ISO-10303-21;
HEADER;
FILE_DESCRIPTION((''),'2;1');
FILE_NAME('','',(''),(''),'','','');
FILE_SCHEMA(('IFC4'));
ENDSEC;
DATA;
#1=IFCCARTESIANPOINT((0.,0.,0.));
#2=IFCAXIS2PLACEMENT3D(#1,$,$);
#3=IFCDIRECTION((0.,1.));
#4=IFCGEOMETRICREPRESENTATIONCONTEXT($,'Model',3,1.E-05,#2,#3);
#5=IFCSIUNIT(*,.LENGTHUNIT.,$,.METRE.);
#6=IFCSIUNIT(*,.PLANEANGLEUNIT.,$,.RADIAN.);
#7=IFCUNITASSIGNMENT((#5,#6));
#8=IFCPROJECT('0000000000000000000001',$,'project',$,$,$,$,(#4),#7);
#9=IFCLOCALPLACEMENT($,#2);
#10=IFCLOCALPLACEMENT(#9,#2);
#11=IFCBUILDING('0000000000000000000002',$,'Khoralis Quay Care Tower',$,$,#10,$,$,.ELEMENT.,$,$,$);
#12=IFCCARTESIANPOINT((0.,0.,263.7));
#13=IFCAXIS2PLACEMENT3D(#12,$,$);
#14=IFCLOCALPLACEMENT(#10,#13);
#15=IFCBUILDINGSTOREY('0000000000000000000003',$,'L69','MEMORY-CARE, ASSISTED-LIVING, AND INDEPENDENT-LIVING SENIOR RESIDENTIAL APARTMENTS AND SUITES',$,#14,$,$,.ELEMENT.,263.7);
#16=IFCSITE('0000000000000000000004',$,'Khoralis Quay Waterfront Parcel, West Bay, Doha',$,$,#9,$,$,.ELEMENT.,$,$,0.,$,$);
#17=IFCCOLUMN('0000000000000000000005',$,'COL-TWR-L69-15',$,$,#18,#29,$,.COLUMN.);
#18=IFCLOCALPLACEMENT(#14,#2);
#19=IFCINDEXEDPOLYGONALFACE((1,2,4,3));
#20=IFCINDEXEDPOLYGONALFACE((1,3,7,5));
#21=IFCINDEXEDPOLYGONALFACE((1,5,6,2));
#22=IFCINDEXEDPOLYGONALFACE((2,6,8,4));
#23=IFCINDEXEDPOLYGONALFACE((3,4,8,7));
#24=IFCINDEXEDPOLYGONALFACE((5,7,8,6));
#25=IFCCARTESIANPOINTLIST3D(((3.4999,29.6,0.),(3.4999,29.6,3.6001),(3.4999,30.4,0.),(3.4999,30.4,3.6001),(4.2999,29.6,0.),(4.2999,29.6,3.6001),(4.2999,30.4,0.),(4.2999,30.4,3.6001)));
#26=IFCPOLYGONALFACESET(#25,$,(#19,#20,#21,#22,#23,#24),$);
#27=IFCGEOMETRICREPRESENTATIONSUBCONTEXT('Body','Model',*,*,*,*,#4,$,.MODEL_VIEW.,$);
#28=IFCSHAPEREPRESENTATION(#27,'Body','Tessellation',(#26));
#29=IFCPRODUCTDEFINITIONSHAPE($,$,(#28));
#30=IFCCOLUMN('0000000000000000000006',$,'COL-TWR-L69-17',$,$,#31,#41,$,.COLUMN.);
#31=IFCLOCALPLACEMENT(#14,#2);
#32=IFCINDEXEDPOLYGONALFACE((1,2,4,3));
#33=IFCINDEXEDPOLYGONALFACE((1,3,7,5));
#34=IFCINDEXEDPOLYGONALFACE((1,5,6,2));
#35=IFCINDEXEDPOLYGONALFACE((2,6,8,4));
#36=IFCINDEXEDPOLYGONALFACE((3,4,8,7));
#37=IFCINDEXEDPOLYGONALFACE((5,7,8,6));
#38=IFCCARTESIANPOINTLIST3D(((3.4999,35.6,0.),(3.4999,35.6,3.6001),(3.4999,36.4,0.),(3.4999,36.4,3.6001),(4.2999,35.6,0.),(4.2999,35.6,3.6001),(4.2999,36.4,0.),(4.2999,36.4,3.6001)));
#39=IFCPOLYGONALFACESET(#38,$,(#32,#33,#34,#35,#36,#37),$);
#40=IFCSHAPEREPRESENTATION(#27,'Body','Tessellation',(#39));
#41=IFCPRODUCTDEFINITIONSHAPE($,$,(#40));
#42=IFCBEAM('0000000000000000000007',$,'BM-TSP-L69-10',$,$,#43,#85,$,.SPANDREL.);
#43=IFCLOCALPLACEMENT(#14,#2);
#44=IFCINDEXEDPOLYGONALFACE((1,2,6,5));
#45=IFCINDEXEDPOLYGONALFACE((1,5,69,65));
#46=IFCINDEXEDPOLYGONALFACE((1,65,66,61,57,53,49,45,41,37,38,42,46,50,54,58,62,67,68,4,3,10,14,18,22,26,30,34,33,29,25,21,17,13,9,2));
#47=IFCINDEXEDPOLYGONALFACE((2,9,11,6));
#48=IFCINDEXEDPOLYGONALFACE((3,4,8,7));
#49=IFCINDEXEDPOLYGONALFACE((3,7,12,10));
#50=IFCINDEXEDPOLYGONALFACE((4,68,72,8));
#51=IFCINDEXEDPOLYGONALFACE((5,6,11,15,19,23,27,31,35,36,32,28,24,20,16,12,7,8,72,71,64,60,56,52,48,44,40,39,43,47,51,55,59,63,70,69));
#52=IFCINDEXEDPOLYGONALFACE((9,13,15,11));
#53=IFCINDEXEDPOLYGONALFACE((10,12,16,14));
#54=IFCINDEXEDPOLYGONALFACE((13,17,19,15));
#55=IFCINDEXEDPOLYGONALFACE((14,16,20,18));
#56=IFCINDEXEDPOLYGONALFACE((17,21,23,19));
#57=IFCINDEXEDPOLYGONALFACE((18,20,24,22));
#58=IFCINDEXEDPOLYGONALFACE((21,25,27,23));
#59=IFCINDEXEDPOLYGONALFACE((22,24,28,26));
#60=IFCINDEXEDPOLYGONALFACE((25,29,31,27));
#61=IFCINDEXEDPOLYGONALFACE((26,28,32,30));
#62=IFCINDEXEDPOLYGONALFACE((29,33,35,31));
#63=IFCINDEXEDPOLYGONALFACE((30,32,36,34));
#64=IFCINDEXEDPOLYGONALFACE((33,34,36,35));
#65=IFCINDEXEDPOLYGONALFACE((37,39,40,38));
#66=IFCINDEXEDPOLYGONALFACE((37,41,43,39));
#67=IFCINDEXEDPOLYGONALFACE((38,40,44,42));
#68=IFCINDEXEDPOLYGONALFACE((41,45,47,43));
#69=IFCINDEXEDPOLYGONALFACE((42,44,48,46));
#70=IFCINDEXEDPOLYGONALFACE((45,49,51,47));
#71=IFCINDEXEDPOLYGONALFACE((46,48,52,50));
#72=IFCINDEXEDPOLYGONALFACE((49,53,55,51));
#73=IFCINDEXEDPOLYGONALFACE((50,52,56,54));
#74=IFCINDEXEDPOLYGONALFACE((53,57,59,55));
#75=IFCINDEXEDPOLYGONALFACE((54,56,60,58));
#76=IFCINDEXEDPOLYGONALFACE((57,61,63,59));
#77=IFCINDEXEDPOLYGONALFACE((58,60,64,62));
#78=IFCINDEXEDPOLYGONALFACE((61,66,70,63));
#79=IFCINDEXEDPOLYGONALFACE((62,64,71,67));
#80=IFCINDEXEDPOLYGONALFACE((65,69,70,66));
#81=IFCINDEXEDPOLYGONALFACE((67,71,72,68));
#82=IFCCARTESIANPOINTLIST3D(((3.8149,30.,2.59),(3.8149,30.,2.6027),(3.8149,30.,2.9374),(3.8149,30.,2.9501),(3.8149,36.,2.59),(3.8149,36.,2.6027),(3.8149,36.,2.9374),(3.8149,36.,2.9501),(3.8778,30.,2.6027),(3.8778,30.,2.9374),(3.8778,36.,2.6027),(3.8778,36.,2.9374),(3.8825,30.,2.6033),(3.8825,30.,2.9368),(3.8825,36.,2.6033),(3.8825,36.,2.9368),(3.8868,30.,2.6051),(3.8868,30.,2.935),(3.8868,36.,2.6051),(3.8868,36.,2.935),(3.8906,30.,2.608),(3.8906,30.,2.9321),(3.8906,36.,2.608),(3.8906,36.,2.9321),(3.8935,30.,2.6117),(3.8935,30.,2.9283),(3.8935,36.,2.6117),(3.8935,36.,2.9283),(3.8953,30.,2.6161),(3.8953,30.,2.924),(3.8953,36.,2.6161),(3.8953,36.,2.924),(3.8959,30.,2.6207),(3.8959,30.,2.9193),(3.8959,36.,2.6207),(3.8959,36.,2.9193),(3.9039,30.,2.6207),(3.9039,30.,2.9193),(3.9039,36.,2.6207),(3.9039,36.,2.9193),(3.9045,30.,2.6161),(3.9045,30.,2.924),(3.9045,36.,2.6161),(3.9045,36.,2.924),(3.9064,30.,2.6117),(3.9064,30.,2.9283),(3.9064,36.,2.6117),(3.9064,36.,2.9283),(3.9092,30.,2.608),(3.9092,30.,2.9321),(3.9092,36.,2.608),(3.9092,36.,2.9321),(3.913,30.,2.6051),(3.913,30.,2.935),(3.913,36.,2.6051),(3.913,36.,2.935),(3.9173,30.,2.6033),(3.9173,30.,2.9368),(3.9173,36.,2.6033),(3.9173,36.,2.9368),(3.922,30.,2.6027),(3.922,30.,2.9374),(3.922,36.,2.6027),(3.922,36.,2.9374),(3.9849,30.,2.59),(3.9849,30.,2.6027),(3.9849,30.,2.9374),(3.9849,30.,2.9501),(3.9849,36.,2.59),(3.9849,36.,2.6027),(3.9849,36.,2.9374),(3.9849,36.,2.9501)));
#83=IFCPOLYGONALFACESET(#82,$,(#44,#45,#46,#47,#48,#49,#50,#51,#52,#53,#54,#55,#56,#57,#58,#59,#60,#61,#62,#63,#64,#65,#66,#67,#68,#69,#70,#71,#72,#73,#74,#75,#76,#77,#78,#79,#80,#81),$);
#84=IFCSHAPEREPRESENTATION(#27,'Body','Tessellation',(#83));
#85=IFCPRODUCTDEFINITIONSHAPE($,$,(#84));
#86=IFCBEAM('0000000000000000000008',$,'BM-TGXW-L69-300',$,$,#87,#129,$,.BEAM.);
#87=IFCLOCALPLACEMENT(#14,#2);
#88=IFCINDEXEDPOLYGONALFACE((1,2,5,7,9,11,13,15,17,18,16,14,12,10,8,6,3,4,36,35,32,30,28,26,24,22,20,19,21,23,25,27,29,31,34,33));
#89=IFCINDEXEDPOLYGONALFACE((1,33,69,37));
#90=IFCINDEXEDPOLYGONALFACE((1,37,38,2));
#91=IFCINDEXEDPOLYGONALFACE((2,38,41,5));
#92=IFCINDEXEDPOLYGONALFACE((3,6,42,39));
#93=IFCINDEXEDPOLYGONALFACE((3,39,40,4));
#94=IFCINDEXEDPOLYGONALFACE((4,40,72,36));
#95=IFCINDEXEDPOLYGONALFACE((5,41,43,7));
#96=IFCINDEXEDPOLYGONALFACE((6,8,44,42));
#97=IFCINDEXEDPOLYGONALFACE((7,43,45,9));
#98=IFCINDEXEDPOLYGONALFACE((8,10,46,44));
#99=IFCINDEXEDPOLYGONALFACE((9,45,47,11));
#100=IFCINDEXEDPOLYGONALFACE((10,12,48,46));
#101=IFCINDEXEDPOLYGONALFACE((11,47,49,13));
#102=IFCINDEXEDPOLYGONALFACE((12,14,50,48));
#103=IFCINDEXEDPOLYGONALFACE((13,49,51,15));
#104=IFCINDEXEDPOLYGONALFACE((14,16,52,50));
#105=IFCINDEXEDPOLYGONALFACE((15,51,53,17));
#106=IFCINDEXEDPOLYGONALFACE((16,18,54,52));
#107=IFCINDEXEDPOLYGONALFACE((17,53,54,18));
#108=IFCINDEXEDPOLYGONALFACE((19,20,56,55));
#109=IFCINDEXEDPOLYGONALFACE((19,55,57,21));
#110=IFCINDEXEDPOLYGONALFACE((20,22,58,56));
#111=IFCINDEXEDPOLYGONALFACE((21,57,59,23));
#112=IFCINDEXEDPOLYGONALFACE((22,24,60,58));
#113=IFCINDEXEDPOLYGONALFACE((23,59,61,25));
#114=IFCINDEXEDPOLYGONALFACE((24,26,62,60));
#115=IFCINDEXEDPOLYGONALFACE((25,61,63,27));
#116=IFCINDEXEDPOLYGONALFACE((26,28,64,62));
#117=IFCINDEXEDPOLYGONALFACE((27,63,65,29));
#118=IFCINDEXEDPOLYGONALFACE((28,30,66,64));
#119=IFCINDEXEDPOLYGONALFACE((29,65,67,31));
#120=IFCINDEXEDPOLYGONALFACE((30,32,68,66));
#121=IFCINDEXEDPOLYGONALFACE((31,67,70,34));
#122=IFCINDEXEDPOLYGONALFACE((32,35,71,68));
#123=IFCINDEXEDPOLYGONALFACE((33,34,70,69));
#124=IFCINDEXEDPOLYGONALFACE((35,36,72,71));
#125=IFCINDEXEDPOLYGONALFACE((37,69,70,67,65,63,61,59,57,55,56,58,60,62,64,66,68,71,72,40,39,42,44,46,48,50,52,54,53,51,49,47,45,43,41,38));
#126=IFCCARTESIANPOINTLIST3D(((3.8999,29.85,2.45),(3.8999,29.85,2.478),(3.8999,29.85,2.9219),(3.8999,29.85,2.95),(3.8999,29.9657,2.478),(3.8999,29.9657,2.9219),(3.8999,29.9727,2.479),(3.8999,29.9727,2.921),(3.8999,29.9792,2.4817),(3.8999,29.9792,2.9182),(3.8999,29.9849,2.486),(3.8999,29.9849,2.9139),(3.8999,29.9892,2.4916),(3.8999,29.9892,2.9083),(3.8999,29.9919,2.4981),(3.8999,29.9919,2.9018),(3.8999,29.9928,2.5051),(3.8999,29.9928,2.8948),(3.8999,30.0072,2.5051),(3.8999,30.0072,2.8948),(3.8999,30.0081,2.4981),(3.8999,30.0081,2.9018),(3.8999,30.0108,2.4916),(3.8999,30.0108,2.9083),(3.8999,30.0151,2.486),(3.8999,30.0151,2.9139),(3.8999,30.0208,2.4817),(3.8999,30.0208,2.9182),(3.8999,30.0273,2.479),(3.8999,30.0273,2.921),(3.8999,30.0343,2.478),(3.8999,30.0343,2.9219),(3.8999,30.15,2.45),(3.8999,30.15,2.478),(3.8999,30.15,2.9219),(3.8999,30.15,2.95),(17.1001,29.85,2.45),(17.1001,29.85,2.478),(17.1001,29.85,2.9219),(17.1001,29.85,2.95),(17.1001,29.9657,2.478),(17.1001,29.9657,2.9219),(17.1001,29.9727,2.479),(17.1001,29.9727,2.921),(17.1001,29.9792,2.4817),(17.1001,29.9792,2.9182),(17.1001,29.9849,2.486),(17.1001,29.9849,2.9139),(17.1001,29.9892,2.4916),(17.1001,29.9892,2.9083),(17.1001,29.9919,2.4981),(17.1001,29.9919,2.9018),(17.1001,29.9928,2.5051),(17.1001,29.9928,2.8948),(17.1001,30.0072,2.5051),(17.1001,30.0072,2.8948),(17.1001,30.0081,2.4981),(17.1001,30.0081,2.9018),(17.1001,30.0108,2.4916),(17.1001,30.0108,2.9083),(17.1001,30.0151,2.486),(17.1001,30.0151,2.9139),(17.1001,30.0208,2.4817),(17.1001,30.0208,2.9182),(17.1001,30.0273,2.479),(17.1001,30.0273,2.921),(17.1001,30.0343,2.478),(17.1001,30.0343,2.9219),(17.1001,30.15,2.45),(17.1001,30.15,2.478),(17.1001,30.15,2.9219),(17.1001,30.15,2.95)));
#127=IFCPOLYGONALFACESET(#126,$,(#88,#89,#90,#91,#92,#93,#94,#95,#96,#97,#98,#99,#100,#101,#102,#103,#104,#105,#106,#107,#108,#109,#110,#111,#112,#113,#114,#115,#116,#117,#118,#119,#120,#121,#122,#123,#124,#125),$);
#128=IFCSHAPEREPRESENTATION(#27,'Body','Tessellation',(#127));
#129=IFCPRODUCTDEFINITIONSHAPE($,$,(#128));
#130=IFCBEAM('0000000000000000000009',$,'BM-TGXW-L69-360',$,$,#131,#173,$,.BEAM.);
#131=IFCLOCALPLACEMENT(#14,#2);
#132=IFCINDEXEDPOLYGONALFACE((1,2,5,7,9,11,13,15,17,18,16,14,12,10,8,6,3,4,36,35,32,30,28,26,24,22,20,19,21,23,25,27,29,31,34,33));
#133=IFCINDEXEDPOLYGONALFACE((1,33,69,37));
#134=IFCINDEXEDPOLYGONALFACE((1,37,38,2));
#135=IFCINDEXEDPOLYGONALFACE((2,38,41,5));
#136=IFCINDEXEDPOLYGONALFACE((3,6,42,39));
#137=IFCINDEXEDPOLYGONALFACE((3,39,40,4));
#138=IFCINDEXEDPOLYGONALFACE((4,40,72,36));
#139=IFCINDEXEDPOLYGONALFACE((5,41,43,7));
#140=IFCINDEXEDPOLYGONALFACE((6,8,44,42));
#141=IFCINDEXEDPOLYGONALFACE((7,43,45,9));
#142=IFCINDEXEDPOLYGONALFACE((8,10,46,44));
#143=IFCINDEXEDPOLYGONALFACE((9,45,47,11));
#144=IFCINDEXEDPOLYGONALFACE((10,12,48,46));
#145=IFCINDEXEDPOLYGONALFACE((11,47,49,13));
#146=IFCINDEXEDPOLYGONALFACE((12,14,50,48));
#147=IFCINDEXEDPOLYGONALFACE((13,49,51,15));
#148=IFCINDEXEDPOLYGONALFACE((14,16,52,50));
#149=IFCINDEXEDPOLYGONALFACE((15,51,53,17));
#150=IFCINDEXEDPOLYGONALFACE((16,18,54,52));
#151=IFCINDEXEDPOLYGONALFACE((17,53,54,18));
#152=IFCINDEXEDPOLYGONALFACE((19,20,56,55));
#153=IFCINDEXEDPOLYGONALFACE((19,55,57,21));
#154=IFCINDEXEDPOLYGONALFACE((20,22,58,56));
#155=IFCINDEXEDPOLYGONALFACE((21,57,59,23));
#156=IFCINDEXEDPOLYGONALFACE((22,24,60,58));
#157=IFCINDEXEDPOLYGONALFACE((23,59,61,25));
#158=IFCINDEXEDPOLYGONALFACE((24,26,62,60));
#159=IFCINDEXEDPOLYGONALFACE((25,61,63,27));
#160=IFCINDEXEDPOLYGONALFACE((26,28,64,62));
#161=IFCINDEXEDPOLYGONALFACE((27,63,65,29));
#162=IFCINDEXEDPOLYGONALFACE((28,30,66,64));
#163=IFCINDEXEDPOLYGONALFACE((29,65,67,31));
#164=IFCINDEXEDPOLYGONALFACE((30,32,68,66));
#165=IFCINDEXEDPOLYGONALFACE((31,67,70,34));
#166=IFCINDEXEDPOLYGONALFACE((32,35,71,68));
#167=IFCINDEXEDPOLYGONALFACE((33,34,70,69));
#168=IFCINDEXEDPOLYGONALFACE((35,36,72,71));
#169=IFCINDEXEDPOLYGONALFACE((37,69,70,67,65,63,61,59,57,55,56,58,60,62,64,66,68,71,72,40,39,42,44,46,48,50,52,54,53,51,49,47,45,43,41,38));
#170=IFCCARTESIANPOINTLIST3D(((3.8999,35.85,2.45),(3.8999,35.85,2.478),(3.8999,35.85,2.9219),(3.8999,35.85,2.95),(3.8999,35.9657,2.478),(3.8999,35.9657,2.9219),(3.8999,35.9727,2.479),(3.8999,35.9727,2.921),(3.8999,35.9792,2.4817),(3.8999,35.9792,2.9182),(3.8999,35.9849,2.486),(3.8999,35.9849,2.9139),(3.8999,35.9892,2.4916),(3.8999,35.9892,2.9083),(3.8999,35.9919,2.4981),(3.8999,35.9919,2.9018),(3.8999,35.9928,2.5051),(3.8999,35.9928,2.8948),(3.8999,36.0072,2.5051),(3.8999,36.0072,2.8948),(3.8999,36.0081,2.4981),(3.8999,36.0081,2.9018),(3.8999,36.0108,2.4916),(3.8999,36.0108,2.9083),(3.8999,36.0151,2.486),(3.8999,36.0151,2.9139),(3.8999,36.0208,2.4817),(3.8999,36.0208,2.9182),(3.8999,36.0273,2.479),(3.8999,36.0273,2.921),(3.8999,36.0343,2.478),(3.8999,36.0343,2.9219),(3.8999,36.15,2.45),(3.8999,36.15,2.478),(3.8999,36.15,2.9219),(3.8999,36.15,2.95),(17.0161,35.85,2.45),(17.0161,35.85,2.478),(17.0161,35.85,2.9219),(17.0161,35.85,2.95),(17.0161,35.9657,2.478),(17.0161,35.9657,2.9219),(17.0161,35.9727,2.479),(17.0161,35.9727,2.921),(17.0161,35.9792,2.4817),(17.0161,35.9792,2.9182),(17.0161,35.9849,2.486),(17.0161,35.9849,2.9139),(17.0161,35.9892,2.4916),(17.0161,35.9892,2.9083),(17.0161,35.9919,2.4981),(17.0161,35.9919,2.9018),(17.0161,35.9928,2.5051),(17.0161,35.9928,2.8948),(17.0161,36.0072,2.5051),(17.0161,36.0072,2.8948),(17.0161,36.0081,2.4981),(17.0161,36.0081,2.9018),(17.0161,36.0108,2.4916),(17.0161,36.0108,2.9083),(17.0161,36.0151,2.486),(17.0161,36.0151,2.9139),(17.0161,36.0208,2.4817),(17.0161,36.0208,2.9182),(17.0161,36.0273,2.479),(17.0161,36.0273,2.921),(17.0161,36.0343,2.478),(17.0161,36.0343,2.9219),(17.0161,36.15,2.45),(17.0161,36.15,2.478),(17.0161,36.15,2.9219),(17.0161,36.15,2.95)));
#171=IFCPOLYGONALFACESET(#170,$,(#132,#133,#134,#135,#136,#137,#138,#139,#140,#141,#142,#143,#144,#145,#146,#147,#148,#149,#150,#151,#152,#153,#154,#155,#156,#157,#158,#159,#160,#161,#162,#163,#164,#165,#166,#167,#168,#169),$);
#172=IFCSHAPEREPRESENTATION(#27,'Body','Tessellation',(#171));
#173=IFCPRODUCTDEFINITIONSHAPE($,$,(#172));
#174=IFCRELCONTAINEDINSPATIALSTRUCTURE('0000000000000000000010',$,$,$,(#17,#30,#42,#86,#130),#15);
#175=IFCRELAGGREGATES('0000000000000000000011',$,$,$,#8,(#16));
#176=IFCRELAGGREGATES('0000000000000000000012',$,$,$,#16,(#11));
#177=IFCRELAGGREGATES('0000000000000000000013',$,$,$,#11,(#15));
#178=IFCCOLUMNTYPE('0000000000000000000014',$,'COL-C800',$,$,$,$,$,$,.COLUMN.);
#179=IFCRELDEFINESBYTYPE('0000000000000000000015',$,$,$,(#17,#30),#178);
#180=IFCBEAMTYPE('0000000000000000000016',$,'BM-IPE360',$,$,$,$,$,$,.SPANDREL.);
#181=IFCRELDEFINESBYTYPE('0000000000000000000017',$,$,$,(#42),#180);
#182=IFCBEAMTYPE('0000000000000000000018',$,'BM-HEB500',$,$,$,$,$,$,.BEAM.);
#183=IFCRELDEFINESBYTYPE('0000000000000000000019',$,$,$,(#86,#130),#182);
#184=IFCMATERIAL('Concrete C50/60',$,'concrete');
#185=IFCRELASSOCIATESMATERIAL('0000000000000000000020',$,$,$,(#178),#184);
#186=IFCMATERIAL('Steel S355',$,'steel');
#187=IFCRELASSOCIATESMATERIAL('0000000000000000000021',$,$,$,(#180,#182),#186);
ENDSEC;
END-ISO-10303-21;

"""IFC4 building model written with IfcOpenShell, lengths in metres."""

from ifc_helpers import new_model, si_unit, direction, frame, origin, origin_2d, place, context, subcontext, project, spatial, rectangle, i_section, extrude, source, transform, mapped, material, material_profile, profile_set, type_object, element, save


model = new_model("IFC4")

# Units and contexts
model_context = context("Model", 3, precision=1e-05, world=origin(), true_north=direction((0.0, 1.0)))
body_context = subcontext(model_context, "Body", "Model", "MODEL_VIEW")
ifc_project = project(units=[si_unit("LENGTHUNIT", "METRE"), si_unit("PLANEANGLEUNIT", "RADIAN")], contexts=[model_context])

# Site, building, storey
site_placement = place(None, origin())
site = spatial("IfcSite", under=ifc_project, at=site_placement, Name="Khoralis Quay Waterfront Parcel, West Bay, Doha", CompositionType="ELEMENT", RefElevation=0.0)
building_placement = place(site_placement, origin())
building = spatial("IfcBuilding", under=site, at=building_placement, Name="Khoralis Quay Care Tower", CompositionType="ELEMENT")
storey_placement = place(building_placement, frame((0.0, 0.0, 263.7)))
storey = spatial("IfcBuildingStorey", under=building, at=storey_placement, Name="L69", Description="MEMORY-CARE, ASSISTED-LIVING, AND INDEPENDENT-LIVING SENIOR RESIDENTIAL APARTMENTS AND SUITES", CompositionType="ELEMENT", Elevation=263.7)

# Columns
ifc_material_1 = material(Name="Concrete C50/60", Category="concrete")
ifc_material_profile_1 = material_profile(ifc_material_1, rectangle(XDim=0.8, YDim=0.8, at=origin_2d()), Name="Concrete C50/60")
ifc_profile_set_1 = profile_set([ifc_material_profile_1], Name="Concrete C50/60")
column_type = type_object("IfcColumnType", Name="COL-C800", PredefinedType="COLUMN", material=ifc_profile_set_1)
shared_shape_1 = source(origin(), body_context, "Body", "SweptSolid", [
    extrude(rectangle(XDim=0.8, YDim=0.8, at=origin_2d()), origin(), (0.0, 0.0, 1.0), 3.6001),
])
for number, where, z_axis, x_axis, name in (
    (1, (3.8999, 30.0, 0.0), (0.0, 0.0, 1.0), (1.0, 0.0, 0.0), "COL-TWR-L69-15"),
    (2, (3.8999, 36.0, 0.0), (0.0, 0.0, 1.0), (1.0, 0.0, 0.0), "COL-TWR-L69-17"),
):
    element("IfcColumn", number, at=place(storey_placement, frame(where, z_axis=z_axis, x_axis=x_axis)), inside=storey, type_object=column_type, Name=name, PredefinedType="COLUMN", context=body_context, shape_type="MappedRepresentation", body=[
        mapped(shared_shape_1, transform((0.0, 0.0, 0.0), scale=1.0)),
    ])

# Beams
ifc_material_2 = material(Name="Steel S355", Category="steel")
ifc_material_profile_2 = material_profile(ifc_material_2, i_section(OverallWidth=0.1699, OverallDepth=0.3601, WebThickness=0.0081, FlangeThickness=0.0127, FilletRadius=0.0181, at=origin_2d()), Name="Steel S355")
ifc_profile_set_2 = profile_set([ifc_material_profile_2], Name="Steel S355")
beam_type_1 = type_object("IfcBeamType", Name="BM-IPE360", PredefinedType="SPANDREL", material=ifc_profile_set_2)
shared_shape_2 = source(origin(), body_context, "Body", "SweptSolid", [
    extrude(i_section(OverallWidth=0.1699, OverallDepth=0.3601, WebThickness=0.0081, FlangeThickness=0.0127, FilletRadius=0.0181, at=origin_2d()), origin(), (0.0, 0.0, 1.0), 6.0),
])
beam_1_placement = place(storey_placement, frame((3.8999, 30.0, 2.77), z_axis=(0.0, 1.0, 0.0), x_axis=(-1.0, 0.0, 0.0)))
element("IfcBeam", 3, at=beam_1_placement, inside=storey, type_object=beam_type_1, Name="BM-TSP-L69-10", PredefinedType="SPANDREL", context=body_context, shape_type="MappedRepresentation", body=[
    mapped(shared_shape_2, transform((0.0, 0.0, 0.0), scale=1.0)),
])
ifc_material_profile_3 = material_profile(ifc_material_2, i_section(OverallWidth=0.3, OverallDepth=0.5, WebThickness=0.0144, FlangeThickness=0.0281, FilletRadius=0.0271, at=origin_2d()), Name="Steel S355")
ifc_profile_set_3 = profile_set([ifc_material_profile_3], Name="Steel S355")
beam_type_2 = type_object("IfcBeamType", Name="BM-HEB500", PredefinedType="BEAM", material=ifc_profile_set_3)
shared_shape_3 = source(origin(), body_context, "Body", "SweptSolid", [
    extrude(i_section(OverallWidth=0.3, OverallDepth=0.5, WebThickness=0.0144, FlangeThickness=0.0281, FilletRadius=0.0271, at=origin_2d()), origin(), (0.0, 0.0, 1.0), 13.2002),
])
beam_2_placement = place(storey_placement, frame((3.8999, 30.0, 2.7), z_axis=(1.0, 0.0, 0.0), x_axis=(0.0, 1.0, 0.0)))
element("IfcBeam", 4, at=beam_2_placement, inside=storey, type_object=beam_type_2, Name="BM-TGXW-L69-300", PredefinedType="BEAM", context=body_context, shape_type="MappedRepresentation", body=[
    mapped(shared_shape_3, transform((0.0, 0.0, 0.0), scale=1.0)),
])
shared_shape_4 = source(origin(), body_context, "Body", "SweptSolid", [
    extrude(i_section(OverallWidth=0.3, OverallDepth=0.5, WebThickness=0.0144, FlangeThickness=0.0281, FilletRadius=0.0271, at=origin_2d()), origin(), (0.0, 0.0, 1.0), 13.1162),
])
beam_3_placement = place(storey_placement, frame((3.8999, 36.0, 2.7), z_axis=(1.0, 0.0, 0.0), x_axis=(0.0, 1.0, 0.0)))
element("IfcBeam", 5, at=beam_3_placement, inside=storey, type_object=beam_type_2, Name="BM-TGXW-L69-360", PredefinedType="BEAM", context=body_context, shape_type="MappedRepresentation", body=[
    mapped(shared_shape_4, transform((0.0, 0.0, 0.0), scale=1.0)),
])

save(model, "model.ifc")
